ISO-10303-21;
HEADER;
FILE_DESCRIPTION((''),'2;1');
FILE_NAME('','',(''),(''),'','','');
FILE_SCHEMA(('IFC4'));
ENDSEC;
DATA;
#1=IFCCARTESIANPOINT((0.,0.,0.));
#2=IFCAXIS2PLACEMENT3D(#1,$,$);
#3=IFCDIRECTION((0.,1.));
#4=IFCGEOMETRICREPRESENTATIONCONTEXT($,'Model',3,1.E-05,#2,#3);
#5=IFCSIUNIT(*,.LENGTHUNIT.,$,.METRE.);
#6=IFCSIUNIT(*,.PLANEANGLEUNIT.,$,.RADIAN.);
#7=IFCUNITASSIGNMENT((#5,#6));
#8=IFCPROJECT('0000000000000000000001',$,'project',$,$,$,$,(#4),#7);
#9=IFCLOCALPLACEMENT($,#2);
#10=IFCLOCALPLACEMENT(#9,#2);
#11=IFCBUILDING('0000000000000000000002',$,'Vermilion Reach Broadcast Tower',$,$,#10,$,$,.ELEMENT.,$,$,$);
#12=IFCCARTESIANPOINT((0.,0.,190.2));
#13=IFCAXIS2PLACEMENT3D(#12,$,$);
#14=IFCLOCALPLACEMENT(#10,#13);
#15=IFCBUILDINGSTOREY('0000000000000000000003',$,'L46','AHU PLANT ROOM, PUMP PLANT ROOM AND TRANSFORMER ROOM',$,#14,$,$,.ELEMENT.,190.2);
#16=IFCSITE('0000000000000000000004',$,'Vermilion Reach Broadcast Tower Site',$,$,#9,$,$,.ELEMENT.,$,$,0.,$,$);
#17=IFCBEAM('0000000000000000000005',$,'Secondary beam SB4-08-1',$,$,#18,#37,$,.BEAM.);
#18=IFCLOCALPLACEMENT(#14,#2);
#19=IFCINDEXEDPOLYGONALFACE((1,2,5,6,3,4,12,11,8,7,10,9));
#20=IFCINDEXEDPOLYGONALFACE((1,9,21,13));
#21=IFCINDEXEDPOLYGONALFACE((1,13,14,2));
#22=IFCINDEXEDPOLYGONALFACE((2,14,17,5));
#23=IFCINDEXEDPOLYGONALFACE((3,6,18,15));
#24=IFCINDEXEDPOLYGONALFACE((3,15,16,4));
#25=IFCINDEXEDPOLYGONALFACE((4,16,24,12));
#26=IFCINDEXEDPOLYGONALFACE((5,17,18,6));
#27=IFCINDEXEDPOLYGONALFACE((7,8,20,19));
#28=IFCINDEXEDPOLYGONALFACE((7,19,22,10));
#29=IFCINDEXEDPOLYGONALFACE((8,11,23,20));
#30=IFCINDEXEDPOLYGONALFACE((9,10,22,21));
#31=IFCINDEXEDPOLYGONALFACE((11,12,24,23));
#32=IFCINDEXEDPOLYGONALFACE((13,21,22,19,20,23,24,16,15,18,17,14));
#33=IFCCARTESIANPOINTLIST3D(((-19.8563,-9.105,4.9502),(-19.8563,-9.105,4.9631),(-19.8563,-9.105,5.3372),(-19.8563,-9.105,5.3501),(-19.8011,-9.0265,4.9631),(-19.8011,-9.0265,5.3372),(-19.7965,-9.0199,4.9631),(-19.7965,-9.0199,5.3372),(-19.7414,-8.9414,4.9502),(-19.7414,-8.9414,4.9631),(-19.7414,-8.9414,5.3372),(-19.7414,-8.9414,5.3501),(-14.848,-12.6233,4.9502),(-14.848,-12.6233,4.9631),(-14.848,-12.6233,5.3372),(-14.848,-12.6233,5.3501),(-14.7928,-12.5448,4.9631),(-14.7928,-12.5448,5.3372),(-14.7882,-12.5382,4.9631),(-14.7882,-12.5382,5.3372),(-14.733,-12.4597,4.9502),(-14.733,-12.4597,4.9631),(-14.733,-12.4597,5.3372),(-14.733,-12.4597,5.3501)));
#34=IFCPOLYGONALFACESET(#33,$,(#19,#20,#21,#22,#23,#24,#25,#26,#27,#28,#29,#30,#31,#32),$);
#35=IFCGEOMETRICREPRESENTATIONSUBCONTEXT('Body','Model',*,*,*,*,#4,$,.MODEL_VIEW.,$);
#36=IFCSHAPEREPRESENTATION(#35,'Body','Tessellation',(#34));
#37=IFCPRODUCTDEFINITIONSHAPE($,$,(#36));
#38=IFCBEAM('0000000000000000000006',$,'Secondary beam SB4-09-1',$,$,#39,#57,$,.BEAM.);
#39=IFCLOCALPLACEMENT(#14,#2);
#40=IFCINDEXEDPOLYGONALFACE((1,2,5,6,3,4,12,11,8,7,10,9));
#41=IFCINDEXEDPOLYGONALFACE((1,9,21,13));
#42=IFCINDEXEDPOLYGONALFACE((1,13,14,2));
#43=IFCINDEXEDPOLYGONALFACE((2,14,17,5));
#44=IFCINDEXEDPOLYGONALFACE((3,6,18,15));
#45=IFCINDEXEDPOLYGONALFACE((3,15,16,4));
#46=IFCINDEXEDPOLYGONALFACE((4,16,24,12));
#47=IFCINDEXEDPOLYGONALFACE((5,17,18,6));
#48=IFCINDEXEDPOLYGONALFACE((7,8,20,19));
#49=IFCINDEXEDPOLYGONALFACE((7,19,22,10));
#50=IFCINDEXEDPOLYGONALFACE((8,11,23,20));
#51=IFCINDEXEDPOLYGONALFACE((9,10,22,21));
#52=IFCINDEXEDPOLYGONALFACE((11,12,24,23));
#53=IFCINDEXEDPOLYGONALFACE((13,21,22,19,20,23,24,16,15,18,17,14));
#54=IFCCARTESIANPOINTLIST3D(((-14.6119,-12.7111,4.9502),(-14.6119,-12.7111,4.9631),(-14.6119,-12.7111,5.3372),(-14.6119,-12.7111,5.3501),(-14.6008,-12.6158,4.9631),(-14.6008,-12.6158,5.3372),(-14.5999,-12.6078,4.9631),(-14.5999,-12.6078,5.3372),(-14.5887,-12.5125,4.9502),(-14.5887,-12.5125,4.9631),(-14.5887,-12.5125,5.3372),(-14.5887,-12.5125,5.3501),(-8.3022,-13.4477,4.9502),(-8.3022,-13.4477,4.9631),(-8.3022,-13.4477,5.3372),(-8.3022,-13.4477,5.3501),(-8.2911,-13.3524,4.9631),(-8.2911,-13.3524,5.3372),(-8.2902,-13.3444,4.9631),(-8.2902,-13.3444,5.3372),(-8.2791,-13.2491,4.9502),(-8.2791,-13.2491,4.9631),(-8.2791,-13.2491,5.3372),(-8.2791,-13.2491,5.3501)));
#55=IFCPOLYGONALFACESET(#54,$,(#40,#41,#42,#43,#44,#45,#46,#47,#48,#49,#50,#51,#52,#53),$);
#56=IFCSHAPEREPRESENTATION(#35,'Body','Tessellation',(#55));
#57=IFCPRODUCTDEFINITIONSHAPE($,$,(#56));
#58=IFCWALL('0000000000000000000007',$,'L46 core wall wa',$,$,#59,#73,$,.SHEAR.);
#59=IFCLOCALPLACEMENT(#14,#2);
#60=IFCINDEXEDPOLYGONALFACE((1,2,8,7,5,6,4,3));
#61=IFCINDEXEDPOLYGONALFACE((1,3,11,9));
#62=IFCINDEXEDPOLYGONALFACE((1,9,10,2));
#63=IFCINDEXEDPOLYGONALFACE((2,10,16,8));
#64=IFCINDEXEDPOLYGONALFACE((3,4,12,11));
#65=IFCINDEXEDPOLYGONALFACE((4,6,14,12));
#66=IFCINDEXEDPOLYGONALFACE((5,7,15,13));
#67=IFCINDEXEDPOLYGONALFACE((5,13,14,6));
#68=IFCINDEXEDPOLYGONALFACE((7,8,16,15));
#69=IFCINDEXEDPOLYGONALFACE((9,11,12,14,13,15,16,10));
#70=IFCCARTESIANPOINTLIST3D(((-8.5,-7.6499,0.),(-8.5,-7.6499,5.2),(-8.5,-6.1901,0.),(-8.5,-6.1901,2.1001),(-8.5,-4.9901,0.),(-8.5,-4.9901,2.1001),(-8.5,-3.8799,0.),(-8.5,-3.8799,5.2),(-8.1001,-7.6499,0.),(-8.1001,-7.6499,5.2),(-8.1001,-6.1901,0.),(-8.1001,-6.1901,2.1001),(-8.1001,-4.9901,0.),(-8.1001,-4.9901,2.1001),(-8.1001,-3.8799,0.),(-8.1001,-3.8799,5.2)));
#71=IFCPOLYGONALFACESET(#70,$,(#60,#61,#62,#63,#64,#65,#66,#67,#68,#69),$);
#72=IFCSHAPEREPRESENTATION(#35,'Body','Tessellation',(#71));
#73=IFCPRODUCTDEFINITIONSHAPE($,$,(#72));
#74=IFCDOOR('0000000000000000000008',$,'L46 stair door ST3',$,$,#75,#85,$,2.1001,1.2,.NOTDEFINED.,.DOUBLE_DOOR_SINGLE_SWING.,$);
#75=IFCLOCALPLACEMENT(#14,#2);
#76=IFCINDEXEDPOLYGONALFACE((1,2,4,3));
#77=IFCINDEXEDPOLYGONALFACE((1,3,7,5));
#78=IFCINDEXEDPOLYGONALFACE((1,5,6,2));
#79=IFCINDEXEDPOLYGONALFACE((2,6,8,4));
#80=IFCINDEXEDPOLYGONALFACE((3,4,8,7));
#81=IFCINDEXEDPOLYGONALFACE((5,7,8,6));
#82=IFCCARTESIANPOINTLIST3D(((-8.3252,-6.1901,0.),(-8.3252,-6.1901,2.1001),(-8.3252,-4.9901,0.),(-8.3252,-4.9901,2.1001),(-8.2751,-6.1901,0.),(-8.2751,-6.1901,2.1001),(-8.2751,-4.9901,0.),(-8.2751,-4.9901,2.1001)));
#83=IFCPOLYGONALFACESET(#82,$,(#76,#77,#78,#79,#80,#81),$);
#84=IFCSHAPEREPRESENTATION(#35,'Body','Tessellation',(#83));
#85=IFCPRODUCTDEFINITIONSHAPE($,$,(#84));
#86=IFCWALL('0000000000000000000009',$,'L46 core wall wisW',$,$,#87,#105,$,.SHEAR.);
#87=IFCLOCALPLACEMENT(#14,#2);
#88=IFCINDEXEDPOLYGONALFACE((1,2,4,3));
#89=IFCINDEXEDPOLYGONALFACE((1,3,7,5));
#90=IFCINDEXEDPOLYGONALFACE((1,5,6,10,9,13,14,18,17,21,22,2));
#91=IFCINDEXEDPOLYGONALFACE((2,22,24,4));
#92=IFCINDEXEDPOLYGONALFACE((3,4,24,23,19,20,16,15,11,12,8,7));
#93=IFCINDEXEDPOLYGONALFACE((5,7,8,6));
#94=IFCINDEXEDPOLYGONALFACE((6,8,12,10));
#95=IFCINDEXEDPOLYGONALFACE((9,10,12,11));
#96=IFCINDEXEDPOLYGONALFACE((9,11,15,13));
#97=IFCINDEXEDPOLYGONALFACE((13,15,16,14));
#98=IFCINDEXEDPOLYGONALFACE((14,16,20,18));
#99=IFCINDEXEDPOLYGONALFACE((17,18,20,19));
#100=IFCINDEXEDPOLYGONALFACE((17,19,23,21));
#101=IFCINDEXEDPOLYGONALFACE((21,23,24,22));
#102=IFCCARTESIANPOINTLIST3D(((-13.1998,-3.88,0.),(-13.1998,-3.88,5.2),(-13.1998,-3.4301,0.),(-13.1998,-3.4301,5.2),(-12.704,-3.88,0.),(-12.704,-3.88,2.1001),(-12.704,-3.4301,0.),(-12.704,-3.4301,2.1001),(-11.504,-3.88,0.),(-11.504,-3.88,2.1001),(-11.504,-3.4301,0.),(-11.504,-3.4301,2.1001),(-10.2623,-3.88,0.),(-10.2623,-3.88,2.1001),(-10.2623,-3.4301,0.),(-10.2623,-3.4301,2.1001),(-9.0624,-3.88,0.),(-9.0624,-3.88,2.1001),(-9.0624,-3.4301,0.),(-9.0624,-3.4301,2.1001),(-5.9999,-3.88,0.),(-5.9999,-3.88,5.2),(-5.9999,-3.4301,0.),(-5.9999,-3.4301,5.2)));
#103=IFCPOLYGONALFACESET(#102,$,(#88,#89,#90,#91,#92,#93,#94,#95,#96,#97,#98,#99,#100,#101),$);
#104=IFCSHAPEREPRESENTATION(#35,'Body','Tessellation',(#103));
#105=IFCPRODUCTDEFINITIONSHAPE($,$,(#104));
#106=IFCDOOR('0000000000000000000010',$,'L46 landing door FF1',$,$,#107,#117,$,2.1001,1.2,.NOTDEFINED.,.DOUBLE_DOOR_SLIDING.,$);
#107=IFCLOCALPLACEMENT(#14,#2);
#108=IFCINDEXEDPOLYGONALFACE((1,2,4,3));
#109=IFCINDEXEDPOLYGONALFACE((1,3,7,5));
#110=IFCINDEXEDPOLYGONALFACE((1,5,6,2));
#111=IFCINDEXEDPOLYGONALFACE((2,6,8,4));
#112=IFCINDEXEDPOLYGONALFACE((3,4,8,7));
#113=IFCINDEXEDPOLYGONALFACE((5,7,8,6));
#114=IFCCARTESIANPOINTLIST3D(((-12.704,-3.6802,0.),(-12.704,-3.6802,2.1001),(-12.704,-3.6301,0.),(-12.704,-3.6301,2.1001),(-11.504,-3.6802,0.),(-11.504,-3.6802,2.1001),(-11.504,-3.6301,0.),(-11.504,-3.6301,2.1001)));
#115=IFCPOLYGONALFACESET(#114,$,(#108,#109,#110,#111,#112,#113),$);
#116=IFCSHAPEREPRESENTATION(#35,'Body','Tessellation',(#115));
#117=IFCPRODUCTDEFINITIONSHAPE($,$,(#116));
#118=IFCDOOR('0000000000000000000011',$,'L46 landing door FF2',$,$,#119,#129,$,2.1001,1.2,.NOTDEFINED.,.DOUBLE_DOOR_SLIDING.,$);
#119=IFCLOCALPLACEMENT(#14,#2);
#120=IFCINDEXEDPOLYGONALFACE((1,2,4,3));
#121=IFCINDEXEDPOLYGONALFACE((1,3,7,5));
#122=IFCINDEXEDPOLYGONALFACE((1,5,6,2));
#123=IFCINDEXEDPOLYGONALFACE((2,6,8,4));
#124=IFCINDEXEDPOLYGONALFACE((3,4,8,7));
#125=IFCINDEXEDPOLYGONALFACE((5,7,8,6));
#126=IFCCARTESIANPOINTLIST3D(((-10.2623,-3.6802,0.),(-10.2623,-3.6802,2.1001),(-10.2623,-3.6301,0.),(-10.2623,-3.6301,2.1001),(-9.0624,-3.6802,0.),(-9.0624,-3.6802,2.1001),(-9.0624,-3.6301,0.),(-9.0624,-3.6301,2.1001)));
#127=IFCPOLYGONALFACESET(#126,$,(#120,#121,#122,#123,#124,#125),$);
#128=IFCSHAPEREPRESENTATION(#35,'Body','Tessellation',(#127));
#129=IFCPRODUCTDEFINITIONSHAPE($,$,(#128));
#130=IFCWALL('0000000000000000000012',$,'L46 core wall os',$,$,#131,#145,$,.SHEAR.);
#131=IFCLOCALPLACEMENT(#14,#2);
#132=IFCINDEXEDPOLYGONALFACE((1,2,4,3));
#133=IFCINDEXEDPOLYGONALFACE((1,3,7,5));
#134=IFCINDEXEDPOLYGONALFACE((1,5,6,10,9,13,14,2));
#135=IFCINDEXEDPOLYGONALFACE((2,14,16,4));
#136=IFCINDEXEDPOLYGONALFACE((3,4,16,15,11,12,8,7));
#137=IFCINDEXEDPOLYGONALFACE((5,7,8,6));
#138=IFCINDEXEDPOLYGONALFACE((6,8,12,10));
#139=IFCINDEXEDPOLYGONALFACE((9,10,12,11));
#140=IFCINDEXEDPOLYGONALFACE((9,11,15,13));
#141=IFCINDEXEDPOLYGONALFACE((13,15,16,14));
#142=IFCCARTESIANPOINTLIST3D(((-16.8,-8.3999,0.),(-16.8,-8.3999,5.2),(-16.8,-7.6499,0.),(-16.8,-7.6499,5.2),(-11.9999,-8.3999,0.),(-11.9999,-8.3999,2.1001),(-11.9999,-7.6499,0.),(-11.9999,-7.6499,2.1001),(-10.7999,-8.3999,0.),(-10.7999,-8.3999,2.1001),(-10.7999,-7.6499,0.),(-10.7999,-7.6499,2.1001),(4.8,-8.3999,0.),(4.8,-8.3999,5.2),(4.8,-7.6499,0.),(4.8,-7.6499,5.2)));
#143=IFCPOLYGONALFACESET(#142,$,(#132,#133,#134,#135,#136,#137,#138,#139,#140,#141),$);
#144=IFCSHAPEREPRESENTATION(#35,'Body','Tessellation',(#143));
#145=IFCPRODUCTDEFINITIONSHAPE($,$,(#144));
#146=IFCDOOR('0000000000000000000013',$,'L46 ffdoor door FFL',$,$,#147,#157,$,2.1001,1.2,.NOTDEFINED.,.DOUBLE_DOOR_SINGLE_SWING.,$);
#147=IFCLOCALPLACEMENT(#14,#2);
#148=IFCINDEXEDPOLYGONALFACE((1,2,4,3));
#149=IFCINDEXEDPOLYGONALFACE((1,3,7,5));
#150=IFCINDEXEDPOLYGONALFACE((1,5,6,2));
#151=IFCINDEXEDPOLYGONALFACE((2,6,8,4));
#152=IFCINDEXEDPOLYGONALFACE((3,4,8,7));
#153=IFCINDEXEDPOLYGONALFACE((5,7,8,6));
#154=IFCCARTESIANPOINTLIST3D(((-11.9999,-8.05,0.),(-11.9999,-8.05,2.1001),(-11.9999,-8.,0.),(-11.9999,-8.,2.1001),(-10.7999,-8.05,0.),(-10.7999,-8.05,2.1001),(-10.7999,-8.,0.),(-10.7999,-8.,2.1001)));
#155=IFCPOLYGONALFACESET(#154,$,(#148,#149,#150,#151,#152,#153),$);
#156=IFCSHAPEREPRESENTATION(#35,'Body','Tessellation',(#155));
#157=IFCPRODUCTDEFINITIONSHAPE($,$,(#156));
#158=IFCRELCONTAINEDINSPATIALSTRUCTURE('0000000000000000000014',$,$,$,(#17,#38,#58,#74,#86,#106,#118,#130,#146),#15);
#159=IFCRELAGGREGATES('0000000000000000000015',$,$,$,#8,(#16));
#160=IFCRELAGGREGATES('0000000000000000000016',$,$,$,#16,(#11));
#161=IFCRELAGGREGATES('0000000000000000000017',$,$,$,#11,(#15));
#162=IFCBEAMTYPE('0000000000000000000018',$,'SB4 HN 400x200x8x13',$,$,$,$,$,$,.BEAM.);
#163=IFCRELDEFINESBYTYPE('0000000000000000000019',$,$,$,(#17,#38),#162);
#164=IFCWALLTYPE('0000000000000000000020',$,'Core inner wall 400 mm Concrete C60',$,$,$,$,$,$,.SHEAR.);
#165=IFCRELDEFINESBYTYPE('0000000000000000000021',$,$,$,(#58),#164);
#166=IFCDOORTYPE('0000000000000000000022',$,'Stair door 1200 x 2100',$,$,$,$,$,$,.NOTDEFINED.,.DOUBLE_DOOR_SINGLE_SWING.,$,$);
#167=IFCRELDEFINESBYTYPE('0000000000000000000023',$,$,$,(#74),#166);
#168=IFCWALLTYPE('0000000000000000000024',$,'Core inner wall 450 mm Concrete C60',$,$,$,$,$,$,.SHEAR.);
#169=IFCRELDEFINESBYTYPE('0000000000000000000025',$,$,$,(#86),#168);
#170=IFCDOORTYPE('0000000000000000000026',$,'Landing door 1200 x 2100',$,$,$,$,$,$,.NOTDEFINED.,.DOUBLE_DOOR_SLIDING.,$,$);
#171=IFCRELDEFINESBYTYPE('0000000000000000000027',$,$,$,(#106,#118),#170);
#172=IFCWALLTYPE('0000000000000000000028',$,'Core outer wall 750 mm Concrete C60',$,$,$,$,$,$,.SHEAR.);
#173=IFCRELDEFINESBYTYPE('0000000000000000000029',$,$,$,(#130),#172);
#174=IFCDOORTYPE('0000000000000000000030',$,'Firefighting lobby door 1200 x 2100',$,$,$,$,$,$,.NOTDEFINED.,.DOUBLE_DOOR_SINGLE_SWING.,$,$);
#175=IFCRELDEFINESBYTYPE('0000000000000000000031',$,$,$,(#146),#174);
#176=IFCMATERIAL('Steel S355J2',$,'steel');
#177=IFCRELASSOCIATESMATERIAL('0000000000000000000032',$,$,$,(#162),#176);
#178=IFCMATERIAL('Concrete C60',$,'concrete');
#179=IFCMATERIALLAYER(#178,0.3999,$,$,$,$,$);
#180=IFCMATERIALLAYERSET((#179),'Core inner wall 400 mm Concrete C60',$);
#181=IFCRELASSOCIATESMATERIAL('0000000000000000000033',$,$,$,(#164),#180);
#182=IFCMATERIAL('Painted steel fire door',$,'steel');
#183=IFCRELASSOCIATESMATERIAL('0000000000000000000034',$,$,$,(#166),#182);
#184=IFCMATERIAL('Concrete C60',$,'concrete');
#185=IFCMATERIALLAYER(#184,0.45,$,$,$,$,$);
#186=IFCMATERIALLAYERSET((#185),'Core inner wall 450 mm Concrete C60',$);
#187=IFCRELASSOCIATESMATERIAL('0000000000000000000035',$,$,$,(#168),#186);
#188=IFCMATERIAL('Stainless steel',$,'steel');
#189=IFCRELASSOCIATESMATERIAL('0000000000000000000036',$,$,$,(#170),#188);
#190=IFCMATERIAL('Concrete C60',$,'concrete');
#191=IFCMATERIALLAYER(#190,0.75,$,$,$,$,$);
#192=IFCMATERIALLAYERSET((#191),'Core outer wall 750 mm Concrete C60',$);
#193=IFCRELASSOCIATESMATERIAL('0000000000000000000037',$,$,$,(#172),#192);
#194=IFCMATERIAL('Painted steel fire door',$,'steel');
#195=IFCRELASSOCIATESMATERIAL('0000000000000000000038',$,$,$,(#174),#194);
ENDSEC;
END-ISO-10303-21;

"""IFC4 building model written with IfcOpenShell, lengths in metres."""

from ifc_helpers import new_model, si_unit, direction, frame, frame_2d, origin, origin_2d, place, context, subcontext, project, spatial, rectangle, i_section, extrude, material, layer, layer_set, material_profile, profile_set, type_object, element, fill, save


model = new_model("IFC4")

# Units and contexts
model_context = context("Model", 3, precision=1e-05, world=origin(), true_north=direction((0.0, 1.0)))
body_context = subcontext(model_context, "Body", "Model", "MODEL_VIEW")
ifc_project = project(units=[si_unit("LENGTHUNIT", "METRE"), si_unit("PLANEANGLEUNIT", "RADIAN")], contexts=[model_context])

# Site, building, storey
site_placement = place(None, origin())
site = spatial("IfcSite", under=ifc_project, at=site_placement, Name="Vermilion Reach Broadcast Tower Site", CompositionType="ELEMENT", RefElevation=0.0)
building_placement = place(site_placement, origin())
building = spatial("IfcBuilding", under=site, at=building_placement, Name="Vermilion Reach Broadcast Tower", CompositionType="ELEMENT")
storey_placement = place(building_placement, frame((0.0, 0.0, 190.2)))
storey = spatial("IfcBuildingStorey", under=building, at=storey_placement, Name="L46", Description="AHU PLANT ROOM, PUMP PLANT ROOM AND TRANSFORMER ROOM", CompositionType="ELEMENT", Elevation=190.2)

# Beams
ifc_material_1 = material(Name="Steel S355J2", Category="steel")
ifc_material_profile_1 = material_profile(ifc_material_1, i_section(OverallWidth=0.2, OverallDepth=0.3999, WebThickness=0.0081, FlangeThickness=0.0129, at=origin_2d()), Name="S355J2 HN 400x200x8x13")
ifc_profile_set_1 = profile_set([ifc_material_profile_1], Name="Steel S355J2")
beam_type_1 = type_object("IfcBeamType", Name="SB4 HN 400x200x8x13", PredefinedType="BEAM", material=ifc_profile_set_1)
beam_1_placement = place(storey_placement, frame((-19.7988, -9.0232, 5.1501), z_axis=(0.818271, -0.574832, 0.0), x_axis=(0.574832, 0.818271, 0.0)))
element("IfcBeam", 1, at=beam_1_placement, inside=storey, type_object=beam_type_1, Name="Secondary beam SB4-08-1", PredefinedType="BEAM", context=body_context, shape_type="SweptSolid", body=[
    extrude(i_section(OverallWidth=0.2, OverallDepth=0.3999, WebThickness=0.0081, FlangeThickness=0.0129, at=origin_2d()), origin(), (0.0, 0.0, 1.0), 6.1206),
])
beam_2_placement = place(storey_placement, frame((-14.6003, -12.6118, 5.1501), z_axis=(0.993255, -0.115947, 0.0), x_axis=(0.115947, 0.993255, 0.0)))
element("IfcBeam", 2, at=beam_2_placement, inside=storey, type_object=beam_type_1, Name="Secondary beam SB4-09-1", PredefinedType="BEAM", context=body_context, shape_type="SweptSolid", body=[
    extrude(i_section(OverallWidth=0.2, OverallDepth=0.3999, WebThickness=0.0081, FlangeThickness=0.0129, at=origin_2d()), origin(), (0.0, 0.0, 1.0), 6.3525),
])

# Wall, opening, door
ifc_material_2 = material(Name="Concrete C60", Category="concrete")
ifc_layer_1 = layer(ifc_material_2, 0.3999)
ifc_layer_set_1 = layer_set([ifc_layer_1], Name="Core inner wall 400 mm Concrete C60")
wall_type_1 = type_object("IfcWallType", Name="Core inner wall 400 mm Concrete C60", PredefinedType="SHEAR", material=ifc_layer_set_1)
wall_1_placement = place(storey_placement, frame((-8.3, -3.8799, 0.0), z_axis=(0.0, 0.0, 1.0), x_axis=(0.0, -1.0, 0.0)))
wall_1 = element("IfcWall", 3, at=wall_1_placement, inside=storey, type_object=wall_type_1, Name="L46 core wall wa", PredefinedType="SHEAR", context=body_context, shape_type="SweptSolid", body=[
    extrude(rectangle(XDim=3.77, YDim=0.3999, at=frame_2d((1.885, 0.0))), origin(), (0.0, 0.0, 1.0), 5.2),
])
opening_1_placement = place(wall_1_placement, frame((1.1101, 0.0, 0.0)))
opening_1 = element("IfcOpeningElement", 4, at=opening_1_placement, cuts=wall_1, PredefinedType="OPENING", context=body_context, shape_type="SweptSolid", body=[
    extrude(rectangle(XDim=1.2, YDim=2.1001, at=frame_2d((0.6001, 1.05))), frame((0.0, 0.21, 0.0), z_axis=(0.0, -1.0, 0.0), x_axis=(1.0, 0.0, 0.0)), (0.0, 0.0, 1.0), 0.4199),
])
ifc_material_3 = material(Name="Painted steel fire door", Category="steel")
door_type_1 = type_object("IfcDoorType", Name="Stair door 1200 x 2100", OperationType="DOUBLE_DOOR_SINGLE_SWING", PredefinedType="NOTDEFINED", material=ifc_material_3)
door_1_placement = place(opening_1_placement, origin())
door_1 = element("IfcDoor", 5, at=door_1_placement, inside=storey, type_object=door_type_1, Name="L46 stair door ST3", OperationType="DOUBLE_DOOR_SINGLE_SWING", OverallHeight=2.1001, OverallWidth=1.2, PredefinedType="NOTDEFINED", context=body_context, shape_type="SweptSolid", body=[
    extrude(rectangle(XDim=1.2, YDim=2.1001, at=frame_2d((0.6001, 1.05))), frame((0.0, 0.0249, 0.0), z_axis=(0.0, -1.0, 0.0), x_axis=(1.0, 0.0, 0.0)), (0.0, 0.0, 1.0), 0.05),
])
fill(opening_1, door_1)

# Wall, openings, doors
ifc_material_4 = material(Name="Concrete C60", Category="concrete")
ifc_layer_2 = layer(ifc_material_4, 0.45)
ifc_layer_set_2 = layer_set([ifc_layer_2], Name="Core inner wall 450 mm Concrete C60")
wall_type_2 = type_object("IfcWallType", Name="Core inner wall 450 mm Concrete C60", PredefinedType="SHEAR", material=ifc_layer_set_2)
wall_2_placement = place(storey_placement, frame((-13.2, -3.655, 0.0), z_axis=(0.0, 0.0, 1.0), x_axis=(1.0, 0.0, 0.0)))
wall_2 = element("IfcWall", 6, at=wall_2_placement, inside=storey, type_object=wall_type_2, Name="L46 core wall wisW", PredefinedType="SHEAR", context=body_context, shape_type="SweptSolid", body=[
    extrude(rectangle(XDim=7.2, YDim=0.45, at=frame_2d((3.6001, 0.0))), origin(), (0.0, 0.0, 1.0), 5.2),
])
opening_2_placement = place(wall_2_placement, frame((0.4958, 0.0, 0.0)))
opening_2 = element("IfcOpeningElement", 7, at=opening_2_placement, cuts=wall_2, PredefinedType="OPENING", context=body_context, shape_type="SweptSolid", body=[
    extrude(rectangle(XDim=1.2, YDim=2.1001, at=frame_2d((0.6001, 1.05))), frame((0.0, 0.2349, 0.0), z_axis=(0.0, -1.0, 0.0), x_axis=(1.0, 0.0, 0.0)), (0.0, 0.0, 1.0), 0.47),
])
opening_3_placement = place(wall_2_placement, frame((2.9375, 0.0, 0.0)))
opening_3 = element("IfcOpeningElement", 8, at=opening_3_placement, cuts=wall_2, PredefinedType="OPENING", context=body_context, shape_type="SweptSolid", body=[
    extrude(rectangle(XDim=1.2, YDim=2.1001, at=frame_2d((0.6001, 1.05))), frame((0.0, 0.2349, 0.0), z_axis=(0.0, -1.0, 0.0), x_axis=(1.0, 0.0, 0.0)), (0.0, 0.0, 1.0), 0.47),
])
ifc_material_5 = material(Name="Stainless steel", Category="steel")
door_type_2 = type_object("IfcDoorType", Name="Landing door 1200 x 2100", OperationType="DOUBLE_DOOR_SLIDING", PredefinedType="NOTDEFINED", material=ifc_material_5)
door_2_placement = place(opening_2_placement, origin())
door_2 = element("IfcDoor", 9, at=door_2_placement, inside=storey, type_object=door_type_2, Name="L46 landing door FF1", OperationType="DOUBLE_DOOR_SLIDING", OverallHeight=2.1001, OverallWidth=1.2, PredefinedType="NOTDEFINED", context=body_context, shape_type="SweptSolid", body=[
    extrude(rectangle(XDim=1.2, YDim=2.1001, at=frame_2d((0.6001, 1.05))), frame((0.0, 0.0249, 0.0), z_axis=(0.0, -1.0, 0.0), x_axis=(1.0, 0.0, 0.0)), (0.0, 0.0, 1.0), 0.05),
])
fill(opening_2, door_2)
door_3_placement = place(opening_3_placement, origin())
door_3 = element("IfcDoor", 10, at=door_3_placement, inside=storey, type_object=door_type_2, Name="L46 landing door FF2", OperationType="DOUBLE_DOOR_SLIDING", OverallHeight=2.1001, OverallWidth=1.2, PredefinedType="NOTDEFINED", context=body_context, shape_type="SweptSolid", body=[
    extrude(rectangle(XDim=1.2, YDim=2.1001, at=frame_2d((0.6001, 1.05))), frame((0.0, 0.0249, 0.0), z_axis=(0.0, -1.0, 0.0), x_axis=(1.0, 0.0, 0.0)), (0.0, 0.0, 1.0), 0.05),
])
fill(opening_3, door_3)

# Wall, opening, door
ifc_material_6 = material(Name="Concrete C60", Category="concrete")
ifc_layer_3 = layer(ifc_material_6, 0.75)
ifc_layer_set_3 = layer_set([ifc_layer_3], Name="Core outer wall 750 mm Concrete C60")
wall_type_3 = type_object("IfcWallType", Name="Core outer wall 750 mm Concrete C60", PredefinedType="SHEAR", material=ifc_layer_set_3)
wall_3_placement = place(storey_placement, frame((-16.8, -8.0249, 0.0), z_axis=(0.0, 0.0, 1.0), x_axis=(1.0, 0.0, 0.0)))
wall_3 = element("IfcWall", 11, at=wall_3_placement, inside=storey, type_object=wall_type_3, Name="L46 core wall os", PredefinedType="SHEAR", context=body_context, shape_type="SweptSolid", body=[
    extrude(rectangle(XDim=21.6001, YDim=0.75, at=frame_2d((10.8, 0.0))), origin(), (0.0, 0.0, 1.0), 5.2),
])
opening_4_placement = place(wall_3_placement, frame((4.8, 0.0, 0.0)))
opening_4 = element("IfcOpeningElement", 12, at=opening_4_placement, cuts=wall_3, PredefinedType="OPENING", context=body_context, shape_type="SweptSolid", body=[
    extrude(rectangle(XDim=1.2, YDim=2.1001, at=frame_2d((0.6001, 1.05))), frame((0.0, 0.385, 0.0), z_axis=(0.0, -1.0, 0.0), x_axis=(1.0, 0.0, 0.0)), (0.0, 0.0, 1.0), 0.77),
])
ifc_material_7 = material(Name="Painted steel fire door", Category="steel")
door_type_3 = type_object("IfcDoorType", Name="Firefighting lobby door 1200 x 2100", OperationType="DOUBLE_DOOR_SINGLE_SWING", PredefinedType="NOTDEFINED", material=ifc_material_7)
door_4_placement = place(opening_4_placement, origin())
door_4 = element("IfcDoor", 13, at=door_4_placement, inside=storey, type_object=door_type_3, Name="L46 ffdoor door FFL", OperationType="DOUBLE_DOOR_SINGLE_SWING", OverallHeight=2.1001, OverallWidth=1.2, PredefinedType="NOTDEFINED", context=body_context, shape_type="SweptSolid", body=[
    extrude(rectangle(XDim=1.2, YDim=2.1001, at=frame_2d((0.6001, 1.05))), frame((0.0, 0.0249, 0.0), z_axis=(0.0, -1.0, 0.0), x_axis=(1.0, 0.0, 0.0)), (0.0, 0.0, 1.0), 0.05),
])
fill(opening_4, door_4)

save(model, "model.ifc")
